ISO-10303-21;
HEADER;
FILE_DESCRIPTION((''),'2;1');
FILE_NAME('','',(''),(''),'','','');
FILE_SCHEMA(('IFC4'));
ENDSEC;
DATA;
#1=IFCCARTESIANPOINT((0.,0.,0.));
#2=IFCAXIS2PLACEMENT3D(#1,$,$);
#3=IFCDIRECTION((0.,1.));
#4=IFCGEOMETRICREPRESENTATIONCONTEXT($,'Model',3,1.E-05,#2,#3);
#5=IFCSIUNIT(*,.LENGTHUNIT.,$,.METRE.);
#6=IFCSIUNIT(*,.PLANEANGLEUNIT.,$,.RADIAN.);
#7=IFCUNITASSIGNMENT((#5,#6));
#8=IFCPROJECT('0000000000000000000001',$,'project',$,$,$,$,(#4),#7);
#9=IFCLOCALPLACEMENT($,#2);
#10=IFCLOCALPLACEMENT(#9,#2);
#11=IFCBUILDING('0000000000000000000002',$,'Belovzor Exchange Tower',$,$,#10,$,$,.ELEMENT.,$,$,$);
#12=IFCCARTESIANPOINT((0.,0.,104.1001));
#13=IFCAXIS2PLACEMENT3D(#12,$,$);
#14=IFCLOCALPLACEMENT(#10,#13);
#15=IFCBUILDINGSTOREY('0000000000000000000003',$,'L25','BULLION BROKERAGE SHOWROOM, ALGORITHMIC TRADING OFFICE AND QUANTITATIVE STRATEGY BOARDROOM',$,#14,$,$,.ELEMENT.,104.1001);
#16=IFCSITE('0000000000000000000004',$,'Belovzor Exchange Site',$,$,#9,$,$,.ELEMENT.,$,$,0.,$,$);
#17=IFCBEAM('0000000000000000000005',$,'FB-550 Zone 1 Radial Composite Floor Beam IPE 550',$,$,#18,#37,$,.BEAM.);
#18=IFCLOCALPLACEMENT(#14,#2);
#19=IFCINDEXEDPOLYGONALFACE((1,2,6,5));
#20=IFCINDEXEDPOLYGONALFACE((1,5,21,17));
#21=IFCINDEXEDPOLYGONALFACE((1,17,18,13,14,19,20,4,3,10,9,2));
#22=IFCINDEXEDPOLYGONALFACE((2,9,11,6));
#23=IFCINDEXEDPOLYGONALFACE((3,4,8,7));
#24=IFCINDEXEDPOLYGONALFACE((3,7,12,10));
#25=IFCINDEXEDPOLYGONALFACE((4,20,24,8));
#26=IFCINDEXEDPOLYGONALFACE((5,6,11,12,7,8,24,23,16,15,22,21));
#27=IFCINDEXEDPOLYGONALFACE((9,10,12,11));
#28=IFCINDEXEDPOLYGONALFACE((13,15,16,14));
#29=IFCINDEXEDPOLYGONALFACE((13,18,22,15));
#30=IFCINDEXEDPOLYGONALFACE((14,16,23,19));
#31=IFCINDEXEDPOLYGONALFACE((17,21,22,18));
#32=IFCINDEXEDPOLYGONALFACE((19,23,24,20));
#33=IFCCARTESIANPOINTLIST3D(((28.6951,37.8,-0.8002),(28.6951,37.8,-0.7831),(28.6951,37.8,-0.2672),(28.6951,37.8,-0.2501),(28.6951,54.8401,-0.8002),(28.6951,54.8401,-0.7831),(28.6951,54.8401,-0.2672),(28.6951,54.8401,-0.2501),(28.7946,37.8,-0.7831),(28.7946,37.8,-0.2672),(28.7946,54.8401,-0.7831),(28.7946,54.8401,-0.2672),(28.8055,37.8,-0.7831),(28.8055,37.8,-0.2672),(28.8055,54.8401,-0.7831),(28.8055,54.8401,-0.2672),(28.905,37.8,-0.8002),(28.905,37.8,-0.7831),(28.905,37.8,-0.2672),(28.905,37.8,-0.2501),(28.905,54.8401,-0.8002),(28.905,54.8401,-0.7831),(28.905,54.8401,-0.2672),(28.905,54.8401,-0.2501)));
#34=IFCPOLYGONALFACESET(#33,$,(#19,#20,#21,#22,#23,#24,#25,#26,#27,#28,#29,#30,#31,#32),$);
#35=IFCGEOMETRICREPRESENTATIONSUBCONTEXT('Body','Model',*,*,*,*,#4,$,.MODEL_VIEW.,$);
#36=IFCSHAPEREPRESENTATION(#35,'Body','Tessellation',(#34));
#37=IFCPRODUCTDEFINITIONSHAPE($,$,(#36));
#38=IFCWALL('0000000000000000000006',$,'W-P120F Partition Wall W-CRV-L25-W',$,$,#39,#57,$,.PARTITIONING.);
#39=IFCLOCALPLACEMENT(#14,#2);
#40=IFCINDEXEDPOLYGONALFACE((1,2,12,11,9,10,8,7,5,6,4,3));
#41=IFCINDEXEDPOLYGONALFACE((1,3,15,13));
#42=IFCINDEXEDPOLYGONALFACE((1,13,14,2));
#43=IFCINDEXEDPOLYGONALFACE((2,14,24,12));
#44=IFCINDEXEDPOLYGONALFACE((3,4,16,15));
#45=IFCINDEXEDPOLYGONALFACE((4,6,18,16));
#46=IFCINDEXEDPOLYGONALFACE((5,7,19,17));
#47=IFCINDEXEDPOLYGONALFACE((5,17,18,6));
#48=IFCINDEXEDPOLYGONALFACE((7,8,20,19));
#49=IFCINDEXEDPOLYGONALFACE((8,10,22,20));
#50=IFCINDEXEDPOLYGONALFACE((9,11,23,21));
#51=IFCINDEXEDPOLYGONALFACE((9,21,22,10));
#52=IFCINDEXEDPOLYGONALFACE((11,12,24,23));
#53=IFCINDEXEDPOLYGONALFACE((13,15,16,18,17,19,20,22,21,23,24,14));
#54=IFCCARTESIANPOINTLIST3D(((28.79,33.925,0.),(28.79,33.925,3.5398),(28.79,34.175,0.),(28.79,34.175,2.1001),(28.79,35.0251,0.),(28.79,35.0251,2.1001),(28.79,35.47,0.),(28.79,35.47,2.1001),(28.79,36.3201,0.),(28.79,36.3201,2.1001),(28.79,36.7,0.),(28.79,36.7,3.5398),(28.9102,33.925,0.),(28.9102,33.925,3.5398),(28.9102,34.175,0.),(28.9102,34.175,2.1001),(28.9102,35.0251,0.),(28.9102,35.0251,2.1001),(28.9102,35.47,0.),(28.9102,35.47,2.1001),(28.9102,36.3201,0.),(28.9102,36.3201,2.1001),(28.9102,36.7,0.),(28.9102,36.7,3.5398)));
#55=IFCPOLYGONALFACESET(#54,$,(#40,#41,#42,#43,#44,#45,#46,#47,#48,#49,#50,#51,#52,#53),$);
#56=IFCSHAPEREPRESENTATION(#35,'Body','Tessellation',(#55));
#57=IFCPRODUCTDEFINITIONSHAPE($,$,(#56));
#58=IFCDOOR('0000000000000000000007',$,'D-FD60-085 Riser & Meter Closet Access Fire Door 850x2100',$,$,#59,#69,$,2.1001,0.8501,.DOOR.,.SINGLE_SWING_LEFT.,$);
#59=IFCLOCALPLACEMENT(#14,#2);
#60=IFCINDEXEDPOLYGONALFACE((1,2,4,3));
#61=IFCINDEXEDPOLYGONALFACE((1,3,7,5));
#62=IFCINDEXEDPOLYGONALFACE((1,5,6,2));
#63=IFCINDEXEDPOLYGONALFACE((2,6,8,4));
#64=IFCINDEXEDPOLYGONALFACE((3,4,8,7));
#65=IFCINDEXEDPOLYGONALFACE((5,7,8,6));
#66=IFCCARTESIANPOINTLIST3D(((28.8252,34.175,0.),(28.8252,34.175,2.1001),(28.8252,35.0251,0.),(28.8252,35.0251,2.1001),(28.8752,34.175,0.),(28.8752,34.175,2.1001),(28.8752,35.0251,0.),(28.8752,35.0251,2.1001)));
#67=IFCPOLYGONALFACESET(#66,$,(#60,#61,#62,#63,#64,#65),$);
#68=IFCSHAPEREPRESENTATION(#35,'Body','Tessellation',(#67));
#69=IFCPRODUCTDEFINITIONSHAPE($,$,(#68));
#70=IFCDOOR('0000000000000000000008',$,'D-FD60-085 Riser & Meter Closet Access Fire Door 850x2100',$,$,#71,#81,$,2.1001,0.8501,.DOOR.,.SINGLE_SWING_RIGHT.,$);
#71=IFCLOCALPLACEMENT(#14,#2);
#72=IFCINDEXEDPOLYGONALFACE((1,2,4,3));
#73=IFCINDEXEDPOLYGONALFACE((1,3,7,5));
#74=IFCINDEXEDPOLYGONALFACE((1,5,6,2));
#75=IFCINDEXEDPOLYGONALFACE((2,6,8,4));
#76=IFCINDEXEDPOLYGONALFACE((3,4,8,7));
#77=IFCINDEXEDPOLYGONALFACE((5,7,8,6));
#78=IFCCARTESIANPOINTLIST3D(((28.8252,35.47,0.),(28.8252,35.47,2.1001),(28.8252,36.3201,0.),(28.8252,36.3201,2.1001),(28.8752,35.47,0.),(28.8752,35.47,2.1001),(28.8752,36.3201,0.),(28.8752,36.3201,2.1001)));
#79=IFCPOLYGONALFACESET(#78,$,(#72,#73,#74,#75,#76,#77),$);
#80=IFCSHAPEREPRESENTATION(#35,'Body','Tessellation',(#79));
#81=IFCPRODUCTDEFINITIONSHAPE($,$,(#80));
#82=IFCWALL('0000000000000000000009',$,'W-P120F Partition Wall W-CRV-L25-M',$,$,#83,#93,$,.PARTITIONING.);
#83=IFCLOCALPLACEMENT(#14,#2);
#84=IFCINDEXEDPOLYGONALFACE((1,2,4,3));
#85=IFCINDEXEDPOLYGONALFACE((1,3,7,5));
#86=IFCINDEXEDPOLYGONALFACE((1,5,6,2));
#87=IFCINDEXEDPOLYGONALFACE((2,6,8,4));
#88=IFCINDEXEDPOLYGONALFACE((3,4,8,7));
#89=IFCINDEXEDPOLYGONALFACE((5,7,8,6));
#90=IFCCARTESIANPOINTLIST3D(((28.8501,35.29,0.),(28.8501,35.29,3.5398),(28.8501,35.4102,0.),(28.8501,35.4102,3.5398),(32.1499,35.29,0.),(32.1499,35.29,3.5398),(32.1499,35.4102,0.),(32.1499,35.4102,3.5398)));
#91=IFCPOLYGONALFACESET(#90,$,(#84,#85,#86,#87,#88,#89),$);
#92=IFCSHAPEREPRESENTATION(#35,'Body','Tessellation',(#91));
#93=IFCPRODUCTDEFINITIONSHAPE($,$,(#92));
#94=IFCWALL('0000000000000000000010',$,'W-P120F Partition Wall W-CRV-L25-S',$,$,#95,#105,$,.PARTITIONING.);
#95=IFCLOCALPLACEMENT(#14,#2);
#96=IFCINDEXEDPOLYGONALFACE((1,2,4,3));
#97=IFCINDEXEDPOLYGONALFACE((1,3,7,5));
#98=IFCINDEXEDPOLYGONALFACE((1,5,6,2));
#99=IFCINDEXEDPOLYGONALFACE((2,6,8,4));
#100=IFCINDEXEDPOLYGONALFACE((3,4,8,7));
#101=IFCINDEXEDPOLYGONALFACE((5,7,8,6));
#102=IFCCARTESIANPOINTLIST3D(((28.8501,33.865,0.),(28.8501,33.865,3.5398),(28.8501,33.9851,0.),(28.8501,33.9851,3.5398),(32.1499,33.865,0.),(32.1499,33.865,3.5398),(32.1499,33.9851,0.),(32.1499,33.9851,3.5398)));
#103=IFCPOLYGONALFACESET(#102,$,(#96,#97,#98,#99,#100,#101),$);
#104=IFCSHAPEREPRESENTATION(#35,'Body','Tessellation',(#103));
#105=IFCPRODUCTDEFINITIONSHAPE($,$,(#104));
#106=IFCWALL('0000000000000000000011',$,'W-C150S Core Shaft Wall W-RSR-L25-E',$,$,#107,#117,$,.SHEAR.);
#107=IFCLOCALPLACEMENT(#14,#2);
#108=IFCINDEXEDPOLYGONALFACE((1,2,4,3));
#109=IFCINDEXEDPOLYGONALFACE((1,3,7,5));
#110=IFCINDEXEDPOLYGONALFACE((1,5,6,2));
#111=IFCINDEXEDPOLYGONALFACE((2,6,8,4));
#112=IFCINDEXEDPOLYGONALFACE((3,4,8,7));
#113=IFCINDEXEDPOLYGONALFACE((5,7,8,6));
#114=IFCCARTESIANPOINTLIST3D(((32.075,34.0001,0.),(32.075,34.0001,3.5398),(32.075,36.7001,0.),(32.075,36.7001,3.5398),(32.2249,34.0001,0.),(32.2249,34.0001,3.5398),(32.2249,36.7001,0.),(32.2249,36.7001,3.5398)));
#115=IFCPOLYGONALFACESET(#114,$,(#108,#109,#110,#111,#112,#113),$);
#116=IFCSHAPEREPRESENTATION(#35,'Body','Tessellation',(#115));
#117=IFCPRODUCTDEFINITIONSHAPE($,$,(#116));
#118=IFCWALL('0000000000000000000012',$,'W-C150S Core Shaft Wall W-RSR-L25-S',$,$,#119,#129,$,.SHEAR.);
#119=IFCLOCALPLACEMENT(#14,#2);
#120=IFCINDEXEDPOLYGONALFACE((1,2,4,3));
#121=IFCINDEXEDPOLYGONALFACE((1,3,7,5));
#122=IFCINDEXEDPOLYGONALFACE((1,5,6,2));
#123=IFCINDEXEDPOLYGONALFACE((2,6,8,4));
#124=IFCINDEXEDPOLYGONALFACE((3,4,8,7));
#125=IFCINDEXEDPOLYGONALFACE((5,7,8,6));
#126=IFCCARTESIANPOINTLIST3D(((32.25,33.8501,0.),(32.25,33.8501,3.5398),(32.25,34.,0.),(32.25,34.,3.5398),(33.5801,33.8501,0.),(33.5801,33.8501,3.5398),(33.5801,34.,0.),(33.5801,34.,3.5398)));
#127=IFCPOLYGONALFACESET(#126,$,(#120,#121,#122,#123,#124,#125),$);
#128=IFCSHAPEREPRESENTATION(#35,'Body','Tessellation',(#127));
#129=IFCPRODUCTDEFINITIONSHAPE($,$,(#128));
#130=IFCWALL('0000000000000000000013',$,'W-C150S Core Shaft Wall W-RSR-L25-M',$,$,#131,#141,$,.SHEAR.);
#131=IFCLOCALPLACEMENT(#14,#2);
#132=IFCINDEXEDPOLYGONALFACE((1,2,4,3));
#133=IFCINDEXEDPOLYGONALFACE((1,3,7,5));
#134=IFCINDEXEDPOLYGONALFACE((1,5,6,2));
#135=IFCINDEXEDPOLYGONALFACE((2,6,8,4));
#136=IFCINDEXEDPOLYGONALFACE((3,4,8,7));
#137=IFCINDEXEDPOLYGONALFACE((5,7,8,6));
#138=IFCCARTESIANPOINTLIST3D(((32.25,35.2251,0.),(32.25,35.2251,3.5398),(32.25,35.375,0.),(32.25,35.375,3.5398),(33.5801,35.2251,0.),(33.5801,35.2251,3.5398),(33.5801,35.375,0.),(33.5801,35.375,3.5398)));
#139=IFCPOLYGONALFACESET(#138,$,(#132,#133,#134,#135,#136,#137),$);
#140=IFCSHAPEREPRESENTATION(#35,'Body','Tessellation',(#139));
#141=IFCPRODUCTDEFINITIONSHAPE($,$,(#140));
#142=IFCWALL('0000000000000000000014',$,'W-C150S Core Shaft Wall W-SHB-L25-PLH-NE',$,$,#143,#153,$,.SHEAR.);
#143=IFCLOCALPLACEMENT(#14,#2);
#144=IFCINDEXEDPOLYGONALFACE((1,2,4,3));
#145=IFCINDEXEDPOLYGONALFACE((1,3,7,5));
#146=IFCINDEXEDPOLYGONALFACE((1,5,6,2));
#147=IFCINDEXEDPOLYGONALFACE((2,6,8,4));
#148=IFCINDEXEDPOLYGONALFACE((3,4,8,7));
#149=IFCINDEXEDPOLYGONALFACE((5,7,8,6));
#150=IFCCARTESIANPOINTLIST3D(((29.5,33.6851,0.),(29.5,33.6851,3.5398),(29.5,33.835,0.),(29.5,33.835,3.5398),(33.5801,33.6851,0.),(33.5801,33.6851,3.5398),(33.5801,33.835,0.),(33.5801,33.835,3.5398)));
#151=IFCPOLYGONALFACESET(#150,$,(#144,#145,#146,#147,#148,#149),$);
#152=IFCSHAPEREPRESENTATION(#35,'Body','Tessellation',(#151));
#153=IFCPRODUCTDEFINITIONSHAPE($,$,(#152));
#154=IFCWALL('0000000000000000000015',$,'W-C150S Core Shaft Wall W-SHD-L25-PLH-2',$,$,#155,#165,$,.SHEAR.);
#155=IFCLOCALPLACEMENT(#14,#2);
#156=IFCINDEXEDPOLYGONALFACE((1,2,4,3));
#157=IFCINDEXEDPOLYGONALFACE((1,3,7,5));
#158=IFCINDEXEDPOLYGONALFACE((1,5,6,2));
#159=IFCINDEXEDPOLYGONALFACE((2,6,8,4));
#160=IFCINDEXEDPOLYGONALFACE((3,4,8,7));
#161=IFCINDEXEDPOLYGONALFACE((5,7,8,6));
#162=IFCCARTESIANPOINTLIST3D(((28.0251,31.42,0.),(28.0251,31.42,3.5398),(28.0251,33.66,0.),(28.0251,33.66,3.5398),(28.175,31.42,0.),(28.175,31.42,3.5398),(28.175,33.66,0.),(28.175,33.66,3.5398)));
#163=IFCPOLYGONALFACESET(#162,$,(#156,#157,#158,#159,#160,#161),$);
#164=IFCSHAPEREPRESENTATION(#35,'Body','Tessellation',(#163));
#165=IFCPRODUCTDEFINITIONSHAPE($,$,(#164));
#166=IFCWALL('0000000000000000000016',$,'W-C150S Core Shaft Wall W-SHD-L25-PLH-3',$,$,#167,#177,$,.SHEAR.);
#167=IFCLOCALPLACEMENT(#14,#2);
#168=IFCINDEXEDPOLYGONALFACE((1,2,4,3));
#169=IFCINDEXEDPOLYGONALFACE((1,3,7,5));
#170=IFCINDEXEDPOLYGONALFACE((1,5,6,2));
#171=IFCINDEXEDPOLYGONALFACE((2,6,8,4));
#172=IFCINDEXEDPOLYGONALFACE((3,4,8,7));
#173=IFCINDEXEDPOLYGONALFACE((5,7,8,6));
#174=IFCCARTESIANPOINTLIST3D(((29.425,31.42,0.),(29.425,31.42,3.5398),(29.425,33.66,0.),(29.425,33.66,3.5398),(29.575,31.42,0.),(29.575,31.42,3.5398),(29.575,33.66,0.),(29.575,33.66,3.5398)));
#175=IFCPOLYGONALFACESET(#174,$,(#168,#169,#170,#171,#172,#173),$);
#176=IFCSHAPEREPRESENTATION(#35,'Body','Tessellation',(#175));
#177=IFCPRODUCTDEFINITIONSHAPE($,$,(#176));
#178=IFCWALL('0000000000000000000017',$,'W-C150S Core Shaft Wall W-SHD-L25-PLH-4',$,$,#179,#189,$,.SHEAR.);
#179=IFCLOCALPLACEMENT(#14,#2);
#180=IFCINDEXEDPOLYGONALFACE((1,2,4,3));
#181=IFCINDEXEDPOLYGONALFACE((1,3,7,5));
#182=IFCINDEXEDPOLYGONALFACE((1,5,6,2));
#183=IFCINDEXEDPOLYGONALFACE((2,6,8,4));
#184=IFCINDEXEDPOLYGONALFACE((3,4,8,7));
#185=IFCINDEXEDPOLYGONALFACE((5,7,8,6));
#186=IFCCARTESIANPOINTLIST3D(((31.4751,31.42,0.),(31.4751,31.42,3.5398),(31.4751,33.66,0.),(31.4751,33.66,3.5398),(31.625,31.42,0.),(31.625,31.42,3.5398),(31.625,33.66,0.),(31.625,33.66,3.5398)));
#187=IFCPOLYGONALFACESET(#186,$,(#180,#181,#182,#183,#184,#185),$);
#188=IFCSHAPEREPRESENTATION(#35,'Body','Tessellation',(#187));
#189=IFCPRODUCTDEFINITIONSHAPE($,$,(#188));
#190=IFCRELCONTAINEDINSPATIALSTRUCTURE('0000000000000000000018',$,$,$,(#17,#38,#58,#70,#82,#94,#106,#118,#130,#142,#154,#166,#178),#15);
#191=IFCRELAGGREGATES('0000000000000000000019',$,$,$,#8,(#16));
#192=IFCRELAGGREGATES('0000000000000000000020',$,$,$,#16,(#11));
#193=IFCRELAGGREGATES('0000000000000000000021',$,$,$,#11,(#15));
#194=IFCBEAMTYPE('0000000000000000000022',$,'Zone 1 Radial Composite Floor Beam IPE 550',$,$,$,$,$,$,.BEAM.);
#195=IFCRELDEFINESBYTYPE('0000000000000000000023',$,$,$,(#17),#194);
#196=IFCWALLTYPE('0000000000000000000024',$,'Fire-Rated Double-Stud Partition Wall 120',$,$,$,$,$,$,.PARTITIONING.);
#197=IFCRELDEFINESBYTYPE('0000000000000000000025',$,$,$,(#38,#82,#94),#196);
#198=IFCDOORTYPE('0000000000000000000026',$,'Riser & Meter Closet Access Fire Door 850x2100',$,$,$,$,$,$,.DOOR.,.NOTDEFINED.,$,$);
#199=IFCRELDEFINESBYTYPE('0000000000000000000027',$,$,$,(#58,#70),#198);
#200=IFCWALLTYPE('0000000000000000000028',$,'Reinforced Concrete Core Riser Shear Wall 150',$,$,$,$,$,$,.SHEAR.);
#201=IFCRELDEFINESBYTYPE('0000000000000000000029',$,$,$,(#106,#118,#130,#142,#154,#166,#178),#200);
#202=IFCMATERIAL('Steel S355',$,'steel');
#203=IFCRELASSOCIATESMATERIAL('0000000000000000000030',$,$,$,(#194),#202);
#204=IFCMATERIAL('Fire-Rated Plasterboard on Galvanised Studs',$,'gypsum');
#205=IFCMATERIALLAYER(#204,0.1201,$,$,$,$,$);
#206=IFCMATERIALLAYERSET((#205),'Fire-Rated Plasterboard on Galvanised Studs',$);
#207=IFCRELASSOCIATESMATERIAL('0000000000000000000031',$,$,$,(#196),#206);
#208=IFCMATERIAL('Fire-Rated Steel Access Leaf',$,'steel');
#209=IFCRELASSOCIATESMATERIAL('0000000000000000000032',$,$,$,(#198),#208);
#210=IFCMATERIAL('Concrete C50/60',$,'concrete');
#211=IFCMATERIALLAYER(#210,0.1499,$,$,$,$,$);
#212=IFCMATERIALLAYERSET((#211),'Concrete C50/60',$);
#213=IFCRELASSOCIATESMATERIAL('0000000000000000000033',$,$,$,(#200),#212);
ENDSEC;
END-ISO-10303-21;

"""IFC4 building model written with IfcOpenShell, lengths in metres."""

from ifc_helpers import new_model, si_unit, direction, frame, frame_2d, origin, origin_2d, place, context, subcontext, project, spatial, rectangle, i_section, extrude, material, layer, layer_set, material_profile, profile_set, type_object, element, fill, save


model = new_model("IFC4")

# Units and contexts
model_context = context("Model", 3, precision=1e-05, world=origin(), true_north=direction((0.0, 1.0)))
body_context = subcontext(model_context, "Body", "Model", "MODEL_VIEW")
ifc_project = project(units=[si_unit("LENGTHUNIT", "METRE"), si_unit("PLANEANGLEUNIT", "RADIAN")], contexts=[model_context])

# Site, building, storey
site_placement = place(None, origin())
site = spatial("IfcSite", under=ifc_project, at=site_placement, Name="Belovzor Exchange Site", CompositionType="ELEMENT", RefElevation=0.0)
building_placement = place(site_placement, origin())
building = spatial("IfcBuilding", under=site, at=building_placement, Name="Belovzor Exchange Tower", CompositionType="ELEMENT")
storey_placement = place(building_placement, frame((0.0, 0.0, 104.1001)))
storey = spatial("IfcBuildingStorey", under=building, at=storey_placement, Name="L25", Description="BULLION BROKERAGE SHOWROOM, ALGORITHMIC TRADING OFFICE AND QUANTITATIVE STRATEGY BOARDROOM", CompositionType="ELEMENT", Elevation=104.1001)

# Beam
ifc_material_1 = material(Name="Steel S355", Category="steel")
ifc_material_profile = material_profile(ifc_material_1, i_section(OverallWidth=0.21, OverallDepth=0.55, WebThickness=0.011, FlangeThickness=0.0171, at=origin_2d()))
ifc_profile_set = profile_set([ifc_material_profile], Name="Steel S355")
beam_type = type_object("IfcBeamType", Name="Zone 1 Radial Composite Floor Beam IPE 550", PredefinedType="BEAM", material=ifc_profile_set)
beam_placement = place(storey_placement, frame((28.8, 37.8, -0.5251), z_axis=(0.0, 1.0, 0.0), x_axis=(-1.0, 0.0, 0.0)))
element("IfcBeam", 1, at=beam_placement, inside=storey, type_object=beam_type, Name="FB-550 Zone 1 Radial Composite Floor Beam IPE 550", PredefinedType="BEAM", context=body_context, shape_type="SweptSolid", body=[
    extrude(i_section(OverallWidth=0.21, OverallDepth=0.55, WebThickness=0.011, FlangeThickness=0.0171, at=origin_2d()), origin(), (0.0, 0.0, 1.0), 17.04),
])

# Wall, openings, doors
ifc_material_2 = material(Name="Fire-Rated Plasterboard on Galvanised Studs", Category="gypsum")
ifc_layer_1 = layer(ifc_material_2, 0.1201)
ifc_layer_set_1 = layer_set([ifc_layer_1], Name="Fire-Rated Plasterboard on Galvanised Studs")
wall_type_1 = type_object("IfcWallType", Name="Fire-Rated Double-Stud Partition Wall 120", PredefinedType="PARTITIONING", material=ifc_layer_set_1)
wall_1_placement = place(storey_placement, frame((28.8501, 33.925, 0.0), z_axis=(0.0, 0.0, 1.0), x_axis=(0.0, 1.0, 0.0)))
wall_1 = element("IfcWall", 2, at=wall_1_placement, inside=storey, type_object=wall_type_1, Name="W-P120F Partition Wall W-CRV-L25-W", PredefinedType="PARTITIONING", context=body_context, shape_type="SweptSolid", body=[
    extrude(rectangle(XDim=2.7749, YDim=0.1201, at=frame_2d((1.3875, 0.0))), origin(), (0.0, 0.0, 1.0), 3.5398),
])
opening_1_placement = place(wall_1_placement, frame((0.25, 0.0, 0.0)))
opening_1 = element("IfcOpeningElement", 3, at=opening_1_placement, cuts=wall_1, PredefinedType="OPENING", context=body_context, shape_type="SweptSolid", body=[
    extrude(rectangle(XDim=0.8501, YDim=2.1001, at=frame_2d((0.425, 1.05))), frame((0.0, 0.0701, 0.0), z_axis=(0.0, -1.0, 0.0), x_axis=(1.0, 0.0, 0.0)), (0.0, 0.0, 1.0), 0.1401),
])
opening_2_placement = place(wall_1_placement, frame((1.5449, 0.0, 0.0)))
opening_2 = element("IfcOpeningElement", 4, at=opening_2_placement, cuts=wall_1, PredefinedType="OPENING", context=body_context, shape_type="SweptSolid", body=[
    extrude(rectangle(XDim=0.8501, YDim=2.1001, at=frame_2d((0.425, 1.05))), frame((0.0, 0.0701, 0.0), z_axis=(0.0, -1.0, 0.0), x_axis=(1.0, 0.0, 0.0)), (0.0, 0.0, 1.0), 0.1401),
])
ifc_material_3 = material(Name="Fire-Rated Steel Access Leaf", Category="steel")
door_type = type_object("IfcDoorType", Name="Riser & Meter Closet Access Fire Door 850x2100", OperationType="NOTDEFINED", PredefinedType="DOOR", material=ifc_material_3)
door_1_placement = place(opening_1_placement, origin())
door_1 = element("IfcDoor", 5, at=door_1_placement, inside=storey, type_object=door_type, Name="D-FD60-085 Riser & Meter Closet Access Fire Door 850x2100", OperationType="SINGLE_SWING_LEFT", OverallHeight=2.1001, OverallWidth=0.8501, PredefinedType="DOOR", context=body_context, shape_type="SweptSolid", body=[
    extrude(rectangle(XDim=0.8501, YDim=2.1001, at=frame_2d((0.425, 1.05))), frame((0.0, 0.0249, 0.0), z_axis=(0.0, -1.0, 0.0), x_axis=(1.0, 0.0, 0.0)), (0.0, 0.0, 1.0), 0.05),
])
fill(opening_1, door_1)
door_2_placement = place(opening_2_placement, origin())
door_2 = element("IfcDoor", 6, at=door_2_placement, inside=storey, type_object=door_type, Name="D-FD60-085 Riser & Meter Closet Access Fire Door 850x2100", OperationType="SINGLE_SWING_RIGHT", OverallHeight=2.1001, OverallWidth=0.8501, PredefinedType="DOOR", context=body_context, shape_type="SweptSolid", body=[
    extrude(rectangle(XDim=0.8501, YDim=2.1001, at=frame_2d((0.425, 1.05))), frame((0.0, 0.0249, 0.0), z_axis=(0.0, -1.0, 0.0), x_axis=(1.0, 0.0, 0.0)), (0.0, 0.0, 1.0), 0.05),
])
fill(opening_2, door_2)

# Walls
for number, where, z_axis, x_axis, name in (
    (7, (28.8501, 35.3501, 0.0), (0.0, 0.0, 1.0), (1.0, 0.0, 0.0), "W-P120F Partition Wall W-CRV-L25-M"),
    (8, (28.8501, 33.925, 0.0), (0.0, 0.0, 1.0), (1.0, 0.0, 0.0), "W-P120F Partition Wall W-CRV-L25-S"),
):
    element("IfcWall", number, at=place(storey_placement, frame(where, z_axis=z_axis, x_axis=x_axis)), inside=storey, type_object=wall_type_1, Name=name, PredefinedType="PARTITIONING", context=body_context, shape_type="SweptSolid", body=[
        extrude(rectangle(XDim=3.2998, YDim=0.1201, at=frame_2d((1.6499, 0.0))), origin(), (0.0, 0.0, 1.0), 3.5398),
    ])
ifc_material_4 = material(Name="Concrete C50/60", Category="concrete")
ifc_layer_2 = layer(ifc_material_4, 0.1499)
ifc_layer_set_2 = layer_set([ifc_layer_2], Name="Concrete C50/60")
wall_type_2 = type_object("IfcWallType", Name="Reinforced Concrete Core Riser Shear Wall 150", PredefinedType="SHEAR", material=ifc_layer_set_2)
wall_2_placement = place(storey_placement, frame((32.1499, 34.0, 0.0), z_axis=(0.0, 0.0, 1.0), x_axis=(0.0, 1.0, 0.0)))
element("IfcWall", 9, at=wall_2_placement, inside=storey, type_object=wall_type_2, Name="W-C150S Core Shaft Wall W-RSR-L25-E", PredefinedType="SHEAR", context=body_context, shape_type="SweptSolid", body=[
    extrude(rectangle(XDim=2.7, YDim=0.1499, at=frame_2d((1.3501, 0.0))), origin(), (0.0, 0.0, 1.0), 3.5398),
])
for number, where, z_axis, x_axis, name in (
    (10, (32.25, 33.925, 0.0), (0.0, 0.0, 1.0), (1.0, 0.0, 0.0), "W-C150S Core Shaft Wall W-RSR-L25-S"),
    (11, (32.25, 35.3, 0.0), (0.0, 0.0, 1.0), (1.0, 0.0, 0.0), "W-C150S Core Shaft Wall W-RSR-L25-M"),
):
    element("IfcWall", number, at=place(storey_placement, frame(where, z_axis=z_axis, x_axis=x_axis)), inside=storey, type_object=wall_type_2, Name=name, PredefinedType="SHEAR", context=body_context, shape_type="SweptSolid", body=[
        extrude(rectangle(XDim=1.3301, YDim=0.1499, at=frame_2d((0.665, 0.0))), origin(), (0.0, 0.0, 1.0), 3.5398),
    ])
wall_3_placement = place(storey_placement, frame((29.5, 33.76, 0.0), z_axis=(0.0, 0.0, 1.0), x_axis=(1.0, 0.0, 0.0)))
element("IfcWall", 12, at=wall_3_placement, inside=storey, type_object=wall_type_2, Name="W-C150S Core Shaft Wall W-SHB-L25-PLH-NE", PredefinedType="SHEAR", context=body_context, shape_type="SweptSolid", body=[
    extrude(rectangle(XDim=4.0801, YDim=0.1499, at=frame_2d((2.04, 0.0))), origin(), (0.0, 0.0, 1.0), 3.5398),
])
for number, where, z_axis, x_axis, name in (
    (13, (28.1001, 31.4199, 0.0), (0.0, 0.0, 1.0), (0.0, 1.0, 0.0), "W-C150S Core Shaft Wall W-SHD-L25-PLH-2"),
    (14, (29.5, 31.4199, 0.0), (0.0, 0.0, 1.0), (0.0, 1.0, 0.0), "W-C150S Core Shaft Wall W-SHD-L25-PLH-3"),
    (15, (31.55, 31.4199, 0.0), (0.0, 0.0, 1.0), (0.0, 1.0, 0.0), "W-C150S Core Shaft Wall W-SHD-L25-PLH-4"),
):
    element("IfcWall", number, at=place(storey_placement, frame(where, z_axis=z_axis, x_axis=x_axis)), inside=storey, type_object=wall_type_2, Name=name, PredefinedType="SHEAR", context=body_context, shape_type="SweptSolid", body=[
        extrude(rectangle(XDim=2.24, YDim=0.1499, at=frame_2d((1.1201, 0.0))), origin(), (0.0, 0.0, 1.0), 3.5398),
    ])

save(model, "model.ifc")
